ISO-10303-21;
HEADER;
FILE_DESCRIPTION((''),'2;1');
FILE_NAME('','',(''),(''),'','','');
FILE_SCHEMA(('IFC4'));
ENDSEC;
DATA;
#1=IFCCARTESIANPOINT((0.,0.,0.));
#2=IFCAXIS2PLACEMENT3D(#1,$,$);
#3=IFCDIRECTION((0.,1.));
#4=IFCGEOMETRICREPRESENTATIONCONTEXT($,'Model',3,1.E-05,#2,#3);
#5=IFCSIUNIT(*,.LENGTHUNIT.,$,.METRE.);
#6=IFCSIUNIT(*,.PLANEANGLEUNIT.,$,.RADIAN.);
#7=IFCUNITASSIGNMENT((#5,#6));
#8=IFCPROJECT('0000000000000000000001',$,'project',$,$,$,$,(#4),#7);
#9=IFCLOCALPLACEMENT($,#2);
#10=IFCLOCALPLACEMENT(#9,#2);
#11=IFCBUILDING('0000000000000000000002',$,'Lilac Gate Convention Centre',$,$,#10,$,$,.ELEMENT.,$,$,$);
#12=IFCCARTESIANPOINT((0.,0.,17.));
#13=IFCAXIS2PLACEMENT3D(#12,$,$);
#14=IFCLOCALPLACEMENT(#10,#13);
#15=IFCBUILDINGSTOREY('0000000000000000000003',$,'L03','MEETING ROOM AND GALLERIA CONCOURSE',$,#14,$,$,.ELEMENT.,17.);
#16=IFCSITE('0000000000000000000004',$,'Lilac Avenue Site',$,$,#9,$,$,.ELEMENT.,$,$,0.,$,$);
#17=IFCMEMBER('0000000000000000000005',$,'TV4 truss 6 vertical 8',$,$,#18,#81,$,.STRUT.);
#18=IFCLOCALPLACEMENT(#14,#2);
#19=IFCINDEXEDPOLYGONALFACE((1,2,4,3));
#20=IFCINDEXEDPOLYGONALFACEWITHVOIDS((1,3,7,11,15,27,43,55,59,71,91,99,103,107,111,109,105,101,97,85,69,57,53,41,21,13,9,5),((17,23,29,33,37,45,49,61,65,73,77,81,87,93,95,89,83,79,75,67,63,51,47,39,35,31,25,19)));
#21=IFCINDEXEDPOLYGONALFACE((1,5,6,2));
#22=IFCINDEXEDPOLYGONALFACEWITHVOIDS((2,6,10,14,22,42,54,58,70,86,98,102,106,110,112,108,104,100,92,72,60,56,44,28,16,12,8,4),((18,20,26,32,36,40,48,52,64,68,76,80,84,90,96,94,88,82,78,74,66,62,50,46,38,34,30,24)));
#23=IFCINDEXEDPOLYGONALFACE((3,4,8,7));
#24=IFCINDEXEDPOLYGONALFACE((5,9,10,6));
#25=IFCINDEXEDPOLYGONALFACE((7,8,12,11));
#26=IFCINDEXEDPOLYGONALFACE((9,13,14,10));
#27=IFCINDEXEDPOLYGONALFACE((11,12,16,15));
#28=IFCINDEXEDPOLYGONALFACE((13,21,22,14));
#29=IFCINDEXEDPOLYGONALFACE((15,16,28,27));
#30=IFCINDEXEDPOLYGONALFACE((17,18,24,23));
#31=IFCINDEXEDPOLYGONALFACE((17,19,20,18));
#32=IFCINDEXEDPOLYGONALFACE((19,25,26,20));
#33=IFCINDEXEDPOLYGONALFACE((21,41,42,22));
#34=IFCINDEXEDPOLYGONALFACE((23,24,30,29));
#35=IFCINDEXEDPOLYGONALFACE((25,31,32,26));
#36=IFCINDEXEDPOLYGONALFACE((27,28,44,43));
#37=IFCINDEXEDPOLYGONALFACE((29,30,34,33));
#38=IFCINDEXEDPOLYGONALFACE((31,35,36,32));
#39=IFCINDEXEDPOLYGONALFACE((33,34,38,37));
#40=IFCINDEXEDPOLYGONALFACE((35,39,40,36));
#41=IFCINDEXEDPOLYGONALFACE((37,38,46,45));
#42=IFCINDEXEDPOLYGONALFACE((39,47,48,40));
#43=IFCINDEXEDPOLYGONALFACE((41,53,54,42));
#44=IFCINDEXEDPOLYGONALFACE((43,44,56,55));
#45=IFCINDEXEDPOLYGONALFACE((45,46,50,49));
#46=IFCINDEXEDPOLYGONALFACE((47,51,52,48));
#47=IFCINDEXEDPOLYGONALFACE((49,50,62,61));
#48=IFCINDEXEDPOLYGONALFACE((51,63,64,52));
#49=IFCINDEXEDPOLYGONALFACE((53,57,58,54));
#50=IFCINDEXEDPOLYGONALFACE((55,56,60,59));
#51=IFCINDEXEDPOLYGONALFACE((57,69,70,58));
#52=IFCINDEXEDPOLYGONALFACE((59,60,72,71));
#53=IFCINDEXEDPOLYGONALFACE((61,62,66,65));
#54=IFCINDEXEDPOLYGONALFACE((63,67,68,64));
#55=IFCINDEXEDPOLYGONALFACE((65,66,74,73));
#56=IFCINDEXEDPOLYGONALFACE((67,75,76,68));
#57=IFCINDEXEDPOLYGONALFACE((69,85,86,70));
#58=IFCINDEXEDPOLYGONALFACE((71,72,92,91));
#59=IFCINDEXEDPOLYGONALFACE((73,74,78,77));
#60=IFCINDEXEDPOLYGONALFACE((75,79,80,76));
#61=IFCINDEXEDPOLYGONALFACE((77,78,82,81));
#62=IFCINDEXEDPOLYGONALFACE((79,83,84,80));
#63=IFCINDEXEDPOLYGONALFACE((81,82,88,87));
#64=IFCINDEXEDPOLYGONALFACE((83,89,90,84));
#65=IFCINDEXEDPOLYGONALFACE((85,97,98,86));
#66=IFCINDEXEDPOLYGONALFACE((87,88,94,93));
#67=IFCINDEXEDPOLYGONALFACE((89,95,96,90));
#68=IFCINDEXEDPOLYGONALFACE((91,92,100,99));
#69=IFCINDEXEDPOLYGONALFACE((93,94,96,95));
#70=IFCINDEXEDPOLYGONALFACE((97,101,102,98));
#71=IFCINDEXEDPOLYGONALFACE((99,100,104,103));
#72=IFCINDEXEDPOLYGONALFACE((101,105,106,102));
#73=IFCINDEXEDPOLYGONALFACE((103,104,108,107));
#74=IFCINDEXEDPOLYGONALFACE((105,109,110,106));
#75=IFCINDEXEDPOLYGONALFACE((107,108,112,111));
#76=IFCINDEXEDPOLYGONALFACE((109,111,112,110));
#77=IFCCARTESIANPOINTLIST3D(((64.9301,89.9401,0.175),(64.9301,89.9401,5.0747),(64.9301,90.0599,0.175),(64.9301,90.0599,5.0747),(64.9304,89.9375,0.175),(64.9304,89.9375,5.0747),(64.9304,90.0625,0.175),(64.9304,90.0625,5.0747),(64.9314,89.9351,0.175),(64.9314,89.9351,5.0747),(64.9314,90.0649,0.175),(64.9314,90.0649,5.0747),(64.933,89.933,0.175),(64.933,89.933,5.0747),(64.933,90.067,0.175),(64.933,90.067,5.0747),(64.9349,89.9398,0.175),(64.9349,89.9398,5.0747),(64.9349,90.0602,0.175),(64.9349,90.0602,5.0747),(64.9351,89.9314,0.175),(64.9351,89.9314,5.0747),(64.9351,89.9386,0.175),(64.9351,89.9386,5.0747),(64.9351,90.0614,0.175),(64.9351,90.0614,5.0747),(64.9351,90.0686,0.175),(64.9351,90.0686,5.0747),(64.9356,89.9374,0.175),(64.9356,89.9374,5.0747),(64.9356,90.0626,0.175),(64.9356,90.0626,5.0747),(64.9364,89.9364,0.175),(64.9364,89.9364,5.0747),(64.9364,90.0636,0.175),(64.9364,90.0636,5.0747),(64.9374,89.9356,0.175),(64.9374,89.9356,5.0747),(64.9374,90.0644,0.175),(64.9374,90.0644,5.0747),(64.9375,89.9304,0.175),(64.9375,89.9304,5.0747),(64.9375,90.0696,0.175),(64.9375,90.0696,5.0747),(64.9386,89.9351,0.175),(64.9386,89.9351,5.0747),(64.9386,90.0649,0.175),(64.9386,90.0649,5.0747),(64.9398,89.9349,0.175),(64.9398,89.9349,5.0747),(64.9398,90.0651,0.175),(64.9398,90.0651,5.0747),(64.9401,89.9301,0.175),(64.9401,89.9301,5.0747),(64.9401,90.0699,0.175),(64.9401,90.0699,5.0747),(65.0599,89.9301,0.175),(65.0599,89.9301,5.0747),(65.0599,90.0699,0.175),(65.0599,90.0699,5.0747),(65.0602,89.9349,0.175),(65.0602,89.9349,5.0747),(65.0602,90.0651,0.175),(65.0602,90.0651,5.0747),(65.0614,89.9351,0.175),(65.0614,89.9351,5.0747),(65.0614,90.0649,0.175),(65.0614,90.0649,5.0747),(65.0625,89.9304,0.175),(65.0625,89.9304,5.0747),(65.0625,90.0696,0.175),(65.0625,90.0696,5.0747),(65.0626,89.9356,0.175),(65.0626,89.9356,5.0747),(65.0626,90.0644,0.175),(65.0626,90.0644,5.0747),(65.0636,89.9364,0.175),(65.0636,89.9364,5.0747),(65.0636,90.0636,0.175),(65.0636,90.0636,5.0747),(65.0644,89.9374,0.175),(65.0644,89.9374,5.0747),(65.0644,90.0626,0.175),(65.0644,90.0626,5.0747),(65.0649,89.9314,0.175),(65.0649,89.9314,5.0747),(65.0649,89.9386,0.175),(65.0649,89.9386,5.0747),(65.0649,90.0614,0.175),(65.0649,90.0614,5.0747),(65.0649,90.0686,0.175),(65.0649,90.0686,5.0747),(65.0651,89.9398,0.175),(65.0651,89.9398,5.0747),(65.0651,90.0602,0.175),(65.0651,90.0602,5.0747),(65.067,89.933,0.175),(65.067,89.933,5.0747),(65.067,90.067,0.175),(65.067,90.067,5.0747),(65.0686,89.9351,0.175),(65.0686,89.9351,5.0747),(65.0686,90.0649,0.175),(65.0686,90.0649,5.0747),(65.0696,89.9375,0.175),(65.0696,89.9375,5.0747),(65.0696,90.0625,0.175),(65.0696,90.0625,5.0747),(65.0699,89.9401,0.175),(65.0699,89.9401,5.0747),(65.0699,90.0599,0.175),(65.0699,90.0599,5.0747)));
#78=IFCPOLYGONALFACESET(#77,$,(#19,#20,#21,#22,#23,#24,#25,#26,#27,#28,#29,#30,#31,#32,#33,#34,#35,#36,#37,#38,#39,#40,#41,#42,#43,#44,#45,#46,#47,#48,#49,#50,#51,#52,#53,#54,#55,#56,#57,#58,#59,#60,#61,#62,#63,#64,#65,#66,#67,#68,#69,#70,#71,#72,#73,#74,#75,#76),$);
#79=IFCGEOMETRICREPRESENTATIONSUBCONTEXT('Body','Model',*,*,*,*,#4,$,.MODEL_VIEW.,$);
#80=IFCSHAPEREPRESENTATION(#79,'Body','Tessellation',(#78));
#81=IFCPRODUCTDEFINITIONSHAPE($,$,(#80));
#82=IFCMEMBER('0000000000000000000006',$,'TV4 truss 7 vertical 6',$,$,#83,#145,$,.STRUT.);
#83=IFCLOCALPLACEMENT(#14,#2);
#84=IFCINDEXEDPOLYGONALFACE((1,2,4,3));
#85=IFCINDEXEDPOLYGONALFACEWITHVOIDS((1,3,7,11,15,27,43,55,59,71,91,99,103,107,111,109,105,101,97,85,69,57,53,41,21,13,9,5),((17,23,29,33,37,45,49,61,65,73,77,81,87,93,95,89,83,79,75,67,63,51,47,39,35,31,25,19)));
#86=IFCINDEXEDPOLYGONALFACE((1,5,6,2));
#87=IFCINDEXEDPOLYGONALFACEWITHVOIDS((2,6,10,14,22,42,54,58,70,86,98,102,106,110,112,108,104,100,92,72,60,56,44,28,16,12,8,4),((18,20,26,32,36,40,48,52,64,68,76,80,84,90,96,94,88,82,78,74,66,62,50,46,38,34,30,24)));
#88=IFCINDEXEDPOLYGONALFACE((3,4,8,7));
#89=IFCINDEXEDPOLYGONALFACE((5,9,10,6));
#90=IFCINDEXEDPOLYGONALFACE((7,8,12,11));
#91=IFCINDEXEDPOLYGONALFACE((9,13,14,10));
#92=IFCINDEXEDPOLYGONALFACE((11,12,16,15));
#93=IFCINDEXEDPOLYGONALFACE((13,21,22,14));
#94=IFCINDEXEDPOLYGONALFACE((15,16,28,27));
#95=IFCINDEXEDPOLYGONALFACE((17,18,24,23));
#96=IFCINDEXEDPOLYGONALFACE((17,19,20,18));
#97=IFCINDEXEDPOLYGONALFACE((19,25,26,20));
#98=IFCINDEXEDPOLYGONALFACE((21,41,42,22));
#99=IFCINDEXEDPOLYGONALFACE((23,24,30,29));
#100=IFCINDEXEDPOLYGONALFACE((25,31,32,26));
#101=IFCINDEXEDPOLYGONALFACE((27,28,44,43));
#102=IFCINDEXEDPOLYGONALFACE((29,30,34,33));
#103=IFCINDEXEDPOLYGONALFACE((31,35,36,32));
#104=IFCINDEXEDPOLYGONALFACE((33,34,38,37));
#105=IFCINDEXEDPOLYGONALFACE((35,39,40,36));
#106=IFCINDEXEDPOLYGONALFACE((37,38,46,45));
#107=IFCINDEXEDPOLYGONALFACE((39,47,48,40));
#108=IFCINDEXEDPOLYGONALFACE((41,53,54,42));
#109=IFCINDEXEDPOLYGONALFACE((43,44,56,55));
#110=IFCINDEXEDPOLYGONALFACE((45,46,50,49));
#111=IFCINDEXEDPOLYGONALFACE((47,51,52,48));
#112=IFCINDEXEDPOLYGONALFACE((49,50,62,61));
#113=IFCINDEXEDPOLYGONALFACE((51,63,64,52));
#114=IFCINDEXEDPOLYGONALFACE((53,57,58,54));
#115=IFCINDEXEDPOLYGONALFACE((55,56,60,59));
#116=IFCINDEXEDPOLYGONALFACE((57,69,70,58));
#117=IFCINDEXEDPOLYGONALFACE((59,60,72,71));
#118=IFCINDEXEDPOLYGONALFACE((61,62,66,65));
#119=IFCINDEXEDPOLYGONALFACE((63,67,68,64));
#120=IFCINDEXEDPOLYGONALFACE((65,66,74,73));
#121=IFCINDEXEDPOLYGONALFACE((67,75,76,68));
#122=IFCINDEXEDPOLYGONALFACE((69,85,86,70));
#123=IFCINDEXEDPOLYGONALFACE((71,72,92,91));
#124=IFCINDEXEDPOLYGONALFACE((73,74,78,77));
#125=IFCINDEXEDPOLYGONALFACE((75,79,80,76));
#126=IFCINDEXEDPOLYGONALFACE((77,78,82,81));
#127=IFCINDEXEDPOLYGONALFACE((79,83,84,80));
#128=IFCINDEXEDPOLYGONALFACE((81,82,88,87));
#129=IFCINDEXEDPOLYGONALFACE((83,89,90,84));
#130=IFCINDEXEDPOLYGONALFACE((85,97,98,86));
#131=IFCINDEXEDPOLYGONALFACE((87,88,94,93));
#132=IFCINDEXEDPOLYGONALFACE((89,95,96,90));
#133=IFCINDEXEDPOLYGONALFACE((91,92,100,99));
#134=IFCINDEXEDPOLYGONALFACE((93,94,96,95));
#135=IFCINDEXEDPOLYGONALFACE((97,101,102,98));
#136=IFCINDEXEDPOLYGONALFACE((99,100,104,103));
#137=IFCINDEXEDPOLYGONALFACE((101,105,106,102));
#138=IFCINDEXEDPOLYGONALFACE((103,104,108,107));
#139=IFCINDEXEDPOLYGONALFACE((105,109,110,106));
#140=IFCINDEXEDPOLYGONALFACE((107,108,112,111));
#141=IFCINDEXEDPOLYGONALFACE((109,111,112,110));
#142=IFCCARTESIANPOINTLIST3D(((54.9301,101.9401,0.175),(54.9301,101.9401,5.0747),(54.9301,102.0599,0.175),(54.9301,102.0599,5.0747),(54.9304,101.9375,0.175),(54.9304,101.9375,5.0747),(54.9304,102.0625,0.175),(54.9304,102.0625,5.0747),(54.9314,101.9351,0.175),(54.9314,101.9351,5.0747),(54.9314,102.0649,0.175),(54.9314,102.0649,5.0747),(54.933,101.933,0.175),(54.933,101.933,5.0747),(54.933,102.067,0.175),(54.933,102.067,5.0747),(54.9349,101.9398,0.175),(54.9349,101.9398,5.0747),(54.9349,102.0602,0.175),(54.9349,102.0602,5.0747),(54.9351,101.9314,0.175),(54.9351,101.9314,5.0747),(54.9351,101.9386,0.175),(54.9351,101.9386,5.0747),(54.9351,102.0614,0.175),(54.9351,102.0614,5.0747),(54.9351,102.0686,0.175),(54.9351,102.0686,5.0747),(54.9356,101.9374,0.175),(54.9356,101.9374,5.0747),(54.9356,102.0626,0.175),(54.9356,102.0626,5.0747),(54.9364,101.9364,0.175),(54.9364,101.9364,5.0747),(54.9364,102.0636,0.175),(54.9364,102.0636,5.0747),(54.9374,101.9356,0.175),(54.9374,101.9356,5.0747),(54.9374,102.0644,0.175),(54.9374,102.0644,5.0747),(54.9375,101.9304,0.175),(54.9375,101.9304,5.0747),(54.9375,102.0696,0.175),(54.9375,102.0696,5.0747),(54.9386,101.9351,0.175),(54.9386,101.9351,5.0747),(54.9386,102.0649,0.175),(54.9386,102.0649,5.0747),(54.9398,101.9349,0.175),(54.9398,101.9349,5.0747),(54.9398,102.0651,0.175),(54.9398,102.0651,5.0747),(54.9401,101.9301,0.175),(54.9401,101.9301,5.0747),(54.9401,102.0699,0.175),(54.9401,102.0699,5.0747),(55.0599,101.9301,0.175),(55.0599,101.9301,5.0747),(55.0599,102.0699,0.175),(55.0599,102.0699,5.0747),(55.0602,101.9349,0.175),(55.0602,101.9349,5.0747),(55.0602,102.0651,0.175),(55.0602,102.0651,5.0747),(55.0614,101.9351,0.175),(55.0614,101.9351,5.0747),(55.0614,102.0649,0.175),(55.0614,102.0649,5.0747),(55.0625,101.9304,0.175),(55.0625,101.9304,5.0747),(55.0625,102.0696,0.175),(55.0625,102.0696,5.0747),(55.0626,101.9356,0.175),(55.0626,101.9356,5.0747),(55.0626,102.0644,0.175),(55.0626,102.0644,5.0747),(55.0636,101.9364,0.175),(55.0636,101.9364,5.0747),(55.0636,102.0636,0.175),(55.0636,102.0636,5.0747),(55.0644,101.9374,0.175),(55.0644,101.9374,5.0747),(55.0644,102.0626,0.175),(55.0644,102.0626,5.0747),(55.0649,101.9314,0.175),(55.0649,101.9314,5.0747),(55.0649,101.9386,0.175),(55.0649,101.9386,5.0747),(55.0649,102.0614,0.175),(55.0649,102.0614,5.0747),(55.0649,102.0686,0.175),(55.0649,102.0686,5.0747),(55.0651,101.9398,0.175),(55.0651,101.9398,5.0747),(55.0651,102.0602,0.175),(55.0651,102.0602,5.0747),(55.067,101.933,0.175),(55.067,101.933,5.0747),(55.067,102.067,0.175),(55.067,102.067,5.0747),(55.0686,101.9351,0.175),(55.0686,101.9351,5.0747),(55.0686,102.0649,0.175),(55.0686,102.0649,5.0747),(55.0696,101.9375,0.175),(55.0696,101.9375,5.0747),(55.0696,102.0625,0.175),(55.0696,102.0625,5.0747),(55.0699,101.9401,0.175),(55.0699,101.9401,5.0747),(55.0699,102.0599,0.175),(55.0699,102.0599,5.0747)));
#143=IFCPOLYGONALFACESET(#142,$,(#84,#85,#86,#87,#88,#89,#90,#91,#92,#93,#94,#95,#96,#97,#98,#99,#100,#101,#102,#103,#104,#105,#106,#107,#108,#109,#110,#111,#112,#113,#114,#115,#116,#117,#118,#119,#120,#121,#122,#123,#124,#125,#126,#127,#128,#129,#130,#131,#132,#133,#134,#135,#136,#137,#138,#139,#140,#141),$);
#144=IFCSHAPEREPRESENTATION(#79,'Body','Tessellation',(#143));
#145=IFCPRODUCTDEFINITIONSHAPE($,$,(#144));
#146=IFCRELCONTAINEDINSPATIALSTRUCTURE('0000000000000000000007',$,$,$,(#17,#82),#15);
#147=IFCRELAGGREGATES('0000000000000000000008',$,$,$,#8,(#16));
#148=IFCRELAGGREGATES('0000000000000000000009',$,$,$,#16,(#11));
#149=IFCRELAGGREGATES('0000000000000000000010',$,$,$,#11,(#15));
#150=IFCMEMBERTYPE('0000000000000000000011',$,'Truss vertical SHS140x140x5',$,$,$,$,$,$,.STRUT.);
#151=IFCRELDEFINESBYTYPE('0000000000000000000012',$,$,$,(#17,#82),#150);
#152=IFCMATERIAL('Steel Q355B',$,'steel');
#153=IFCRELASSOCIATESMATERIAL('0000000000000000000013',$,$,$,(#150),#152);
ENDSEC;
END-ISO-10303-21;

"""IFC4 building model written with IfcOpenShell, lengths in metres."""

from ifc_helpers import new_model, si_unit, direction, frame, origin, origin_2d, place, context, subcontext, project, spatial, hollow_rectangle, extrude, material, material_profile, profile_set, type_object, element, save


model = new_model("IFC4")

# Units and contexts
model_context = context("Model", 3, precision=1e-05, world=origin(), true_north=direction((0.0, 1.0)))
body_context = subcontext(model_context, "Body", "Model", "MODEL_VIEW")
ifc_project = project(units=[si_unit("LENGTHUNIT", "METRE"), si_unit("PLANEANGLEUNIT", "RADIAN")], contexts=[model_context])

# Site, building, storey
site_placement = place(None, origin())
site = spatial("IfcSite", under=ifc_project, at=site_placement, Name="Lilac Avenue Site", CompositionType="ELEMENT", RefElevation=0.0)
building_placement = place(site_placement, origin())
building = spatial("IfcBuilding", under=site, at=building_placement, Name="Lilac Gate Convention Centre", CompositionType="ELEMENT")
storey_placement = place(building_placement, frame((0.0, 0.0, 17.0)))
storey = spatial("IfcBuildingStorey", under=building, at=storey_placement, Name="L03", Description="MEETING ROOM AND GALLERIA CONCOURSE", CompositionType="ELEMENT", Elevation=17.0)

# Members
ifc_material = material(Name="Steel Q355B", Category="steel")
ifc_material_profile_1 = material_profile(ifc_material, hollow_rectangle(XDim=0.1399, YDim=0.1399, WallThickness=0.0049, InnerFilletRadius=0.0049, OuterFilletRadius=0.01, at=origin_2d()), Name="SHS140x140x5")
ifc_profile_set_1 = profile_set([ifc_material_profile_1], Name="Steel Q355B")
member_type_1 = type_object("IfcMemberType", Name="Truss vertical SHS140x140x5", PredefinedType="STRUT", material=ifc_profile_set_1)
for number, where, z_axis, x_axis, name in (
    (1, (65.0, 90.0, 0.175), (0.0, 0.0, 1.0), (1.0, 0.0, 0.0), "TV4 truss 6 vertical 8"),
    (2, (55.0, 102.0, 0.175), (0.0, 0.0, 1.0), (1.0, 0.0, 0.0), "TV4 truss 7 vertical 6"),
):
    element("IfcMember", number, at=place(storey_placement, frame(where, z_axis=z_axis, x_axis=x_axis)), inside=storey, type_object=member_type_1, Name=name, PredefinedType="STRUT", context=body_context, shape_type="SweptSolid", body=[
        extrude(hollow_rectangle(XDim=0.1399, YDim=0.1399, WallThickness=0.0049, InnerFilletRadius=0.0049, OuterFilletRadius=0.01, at=origin_2d()), origin(), (0.0, 0.0, 1.0), 4.8997),
    ])

save(model, "model.ifc")
